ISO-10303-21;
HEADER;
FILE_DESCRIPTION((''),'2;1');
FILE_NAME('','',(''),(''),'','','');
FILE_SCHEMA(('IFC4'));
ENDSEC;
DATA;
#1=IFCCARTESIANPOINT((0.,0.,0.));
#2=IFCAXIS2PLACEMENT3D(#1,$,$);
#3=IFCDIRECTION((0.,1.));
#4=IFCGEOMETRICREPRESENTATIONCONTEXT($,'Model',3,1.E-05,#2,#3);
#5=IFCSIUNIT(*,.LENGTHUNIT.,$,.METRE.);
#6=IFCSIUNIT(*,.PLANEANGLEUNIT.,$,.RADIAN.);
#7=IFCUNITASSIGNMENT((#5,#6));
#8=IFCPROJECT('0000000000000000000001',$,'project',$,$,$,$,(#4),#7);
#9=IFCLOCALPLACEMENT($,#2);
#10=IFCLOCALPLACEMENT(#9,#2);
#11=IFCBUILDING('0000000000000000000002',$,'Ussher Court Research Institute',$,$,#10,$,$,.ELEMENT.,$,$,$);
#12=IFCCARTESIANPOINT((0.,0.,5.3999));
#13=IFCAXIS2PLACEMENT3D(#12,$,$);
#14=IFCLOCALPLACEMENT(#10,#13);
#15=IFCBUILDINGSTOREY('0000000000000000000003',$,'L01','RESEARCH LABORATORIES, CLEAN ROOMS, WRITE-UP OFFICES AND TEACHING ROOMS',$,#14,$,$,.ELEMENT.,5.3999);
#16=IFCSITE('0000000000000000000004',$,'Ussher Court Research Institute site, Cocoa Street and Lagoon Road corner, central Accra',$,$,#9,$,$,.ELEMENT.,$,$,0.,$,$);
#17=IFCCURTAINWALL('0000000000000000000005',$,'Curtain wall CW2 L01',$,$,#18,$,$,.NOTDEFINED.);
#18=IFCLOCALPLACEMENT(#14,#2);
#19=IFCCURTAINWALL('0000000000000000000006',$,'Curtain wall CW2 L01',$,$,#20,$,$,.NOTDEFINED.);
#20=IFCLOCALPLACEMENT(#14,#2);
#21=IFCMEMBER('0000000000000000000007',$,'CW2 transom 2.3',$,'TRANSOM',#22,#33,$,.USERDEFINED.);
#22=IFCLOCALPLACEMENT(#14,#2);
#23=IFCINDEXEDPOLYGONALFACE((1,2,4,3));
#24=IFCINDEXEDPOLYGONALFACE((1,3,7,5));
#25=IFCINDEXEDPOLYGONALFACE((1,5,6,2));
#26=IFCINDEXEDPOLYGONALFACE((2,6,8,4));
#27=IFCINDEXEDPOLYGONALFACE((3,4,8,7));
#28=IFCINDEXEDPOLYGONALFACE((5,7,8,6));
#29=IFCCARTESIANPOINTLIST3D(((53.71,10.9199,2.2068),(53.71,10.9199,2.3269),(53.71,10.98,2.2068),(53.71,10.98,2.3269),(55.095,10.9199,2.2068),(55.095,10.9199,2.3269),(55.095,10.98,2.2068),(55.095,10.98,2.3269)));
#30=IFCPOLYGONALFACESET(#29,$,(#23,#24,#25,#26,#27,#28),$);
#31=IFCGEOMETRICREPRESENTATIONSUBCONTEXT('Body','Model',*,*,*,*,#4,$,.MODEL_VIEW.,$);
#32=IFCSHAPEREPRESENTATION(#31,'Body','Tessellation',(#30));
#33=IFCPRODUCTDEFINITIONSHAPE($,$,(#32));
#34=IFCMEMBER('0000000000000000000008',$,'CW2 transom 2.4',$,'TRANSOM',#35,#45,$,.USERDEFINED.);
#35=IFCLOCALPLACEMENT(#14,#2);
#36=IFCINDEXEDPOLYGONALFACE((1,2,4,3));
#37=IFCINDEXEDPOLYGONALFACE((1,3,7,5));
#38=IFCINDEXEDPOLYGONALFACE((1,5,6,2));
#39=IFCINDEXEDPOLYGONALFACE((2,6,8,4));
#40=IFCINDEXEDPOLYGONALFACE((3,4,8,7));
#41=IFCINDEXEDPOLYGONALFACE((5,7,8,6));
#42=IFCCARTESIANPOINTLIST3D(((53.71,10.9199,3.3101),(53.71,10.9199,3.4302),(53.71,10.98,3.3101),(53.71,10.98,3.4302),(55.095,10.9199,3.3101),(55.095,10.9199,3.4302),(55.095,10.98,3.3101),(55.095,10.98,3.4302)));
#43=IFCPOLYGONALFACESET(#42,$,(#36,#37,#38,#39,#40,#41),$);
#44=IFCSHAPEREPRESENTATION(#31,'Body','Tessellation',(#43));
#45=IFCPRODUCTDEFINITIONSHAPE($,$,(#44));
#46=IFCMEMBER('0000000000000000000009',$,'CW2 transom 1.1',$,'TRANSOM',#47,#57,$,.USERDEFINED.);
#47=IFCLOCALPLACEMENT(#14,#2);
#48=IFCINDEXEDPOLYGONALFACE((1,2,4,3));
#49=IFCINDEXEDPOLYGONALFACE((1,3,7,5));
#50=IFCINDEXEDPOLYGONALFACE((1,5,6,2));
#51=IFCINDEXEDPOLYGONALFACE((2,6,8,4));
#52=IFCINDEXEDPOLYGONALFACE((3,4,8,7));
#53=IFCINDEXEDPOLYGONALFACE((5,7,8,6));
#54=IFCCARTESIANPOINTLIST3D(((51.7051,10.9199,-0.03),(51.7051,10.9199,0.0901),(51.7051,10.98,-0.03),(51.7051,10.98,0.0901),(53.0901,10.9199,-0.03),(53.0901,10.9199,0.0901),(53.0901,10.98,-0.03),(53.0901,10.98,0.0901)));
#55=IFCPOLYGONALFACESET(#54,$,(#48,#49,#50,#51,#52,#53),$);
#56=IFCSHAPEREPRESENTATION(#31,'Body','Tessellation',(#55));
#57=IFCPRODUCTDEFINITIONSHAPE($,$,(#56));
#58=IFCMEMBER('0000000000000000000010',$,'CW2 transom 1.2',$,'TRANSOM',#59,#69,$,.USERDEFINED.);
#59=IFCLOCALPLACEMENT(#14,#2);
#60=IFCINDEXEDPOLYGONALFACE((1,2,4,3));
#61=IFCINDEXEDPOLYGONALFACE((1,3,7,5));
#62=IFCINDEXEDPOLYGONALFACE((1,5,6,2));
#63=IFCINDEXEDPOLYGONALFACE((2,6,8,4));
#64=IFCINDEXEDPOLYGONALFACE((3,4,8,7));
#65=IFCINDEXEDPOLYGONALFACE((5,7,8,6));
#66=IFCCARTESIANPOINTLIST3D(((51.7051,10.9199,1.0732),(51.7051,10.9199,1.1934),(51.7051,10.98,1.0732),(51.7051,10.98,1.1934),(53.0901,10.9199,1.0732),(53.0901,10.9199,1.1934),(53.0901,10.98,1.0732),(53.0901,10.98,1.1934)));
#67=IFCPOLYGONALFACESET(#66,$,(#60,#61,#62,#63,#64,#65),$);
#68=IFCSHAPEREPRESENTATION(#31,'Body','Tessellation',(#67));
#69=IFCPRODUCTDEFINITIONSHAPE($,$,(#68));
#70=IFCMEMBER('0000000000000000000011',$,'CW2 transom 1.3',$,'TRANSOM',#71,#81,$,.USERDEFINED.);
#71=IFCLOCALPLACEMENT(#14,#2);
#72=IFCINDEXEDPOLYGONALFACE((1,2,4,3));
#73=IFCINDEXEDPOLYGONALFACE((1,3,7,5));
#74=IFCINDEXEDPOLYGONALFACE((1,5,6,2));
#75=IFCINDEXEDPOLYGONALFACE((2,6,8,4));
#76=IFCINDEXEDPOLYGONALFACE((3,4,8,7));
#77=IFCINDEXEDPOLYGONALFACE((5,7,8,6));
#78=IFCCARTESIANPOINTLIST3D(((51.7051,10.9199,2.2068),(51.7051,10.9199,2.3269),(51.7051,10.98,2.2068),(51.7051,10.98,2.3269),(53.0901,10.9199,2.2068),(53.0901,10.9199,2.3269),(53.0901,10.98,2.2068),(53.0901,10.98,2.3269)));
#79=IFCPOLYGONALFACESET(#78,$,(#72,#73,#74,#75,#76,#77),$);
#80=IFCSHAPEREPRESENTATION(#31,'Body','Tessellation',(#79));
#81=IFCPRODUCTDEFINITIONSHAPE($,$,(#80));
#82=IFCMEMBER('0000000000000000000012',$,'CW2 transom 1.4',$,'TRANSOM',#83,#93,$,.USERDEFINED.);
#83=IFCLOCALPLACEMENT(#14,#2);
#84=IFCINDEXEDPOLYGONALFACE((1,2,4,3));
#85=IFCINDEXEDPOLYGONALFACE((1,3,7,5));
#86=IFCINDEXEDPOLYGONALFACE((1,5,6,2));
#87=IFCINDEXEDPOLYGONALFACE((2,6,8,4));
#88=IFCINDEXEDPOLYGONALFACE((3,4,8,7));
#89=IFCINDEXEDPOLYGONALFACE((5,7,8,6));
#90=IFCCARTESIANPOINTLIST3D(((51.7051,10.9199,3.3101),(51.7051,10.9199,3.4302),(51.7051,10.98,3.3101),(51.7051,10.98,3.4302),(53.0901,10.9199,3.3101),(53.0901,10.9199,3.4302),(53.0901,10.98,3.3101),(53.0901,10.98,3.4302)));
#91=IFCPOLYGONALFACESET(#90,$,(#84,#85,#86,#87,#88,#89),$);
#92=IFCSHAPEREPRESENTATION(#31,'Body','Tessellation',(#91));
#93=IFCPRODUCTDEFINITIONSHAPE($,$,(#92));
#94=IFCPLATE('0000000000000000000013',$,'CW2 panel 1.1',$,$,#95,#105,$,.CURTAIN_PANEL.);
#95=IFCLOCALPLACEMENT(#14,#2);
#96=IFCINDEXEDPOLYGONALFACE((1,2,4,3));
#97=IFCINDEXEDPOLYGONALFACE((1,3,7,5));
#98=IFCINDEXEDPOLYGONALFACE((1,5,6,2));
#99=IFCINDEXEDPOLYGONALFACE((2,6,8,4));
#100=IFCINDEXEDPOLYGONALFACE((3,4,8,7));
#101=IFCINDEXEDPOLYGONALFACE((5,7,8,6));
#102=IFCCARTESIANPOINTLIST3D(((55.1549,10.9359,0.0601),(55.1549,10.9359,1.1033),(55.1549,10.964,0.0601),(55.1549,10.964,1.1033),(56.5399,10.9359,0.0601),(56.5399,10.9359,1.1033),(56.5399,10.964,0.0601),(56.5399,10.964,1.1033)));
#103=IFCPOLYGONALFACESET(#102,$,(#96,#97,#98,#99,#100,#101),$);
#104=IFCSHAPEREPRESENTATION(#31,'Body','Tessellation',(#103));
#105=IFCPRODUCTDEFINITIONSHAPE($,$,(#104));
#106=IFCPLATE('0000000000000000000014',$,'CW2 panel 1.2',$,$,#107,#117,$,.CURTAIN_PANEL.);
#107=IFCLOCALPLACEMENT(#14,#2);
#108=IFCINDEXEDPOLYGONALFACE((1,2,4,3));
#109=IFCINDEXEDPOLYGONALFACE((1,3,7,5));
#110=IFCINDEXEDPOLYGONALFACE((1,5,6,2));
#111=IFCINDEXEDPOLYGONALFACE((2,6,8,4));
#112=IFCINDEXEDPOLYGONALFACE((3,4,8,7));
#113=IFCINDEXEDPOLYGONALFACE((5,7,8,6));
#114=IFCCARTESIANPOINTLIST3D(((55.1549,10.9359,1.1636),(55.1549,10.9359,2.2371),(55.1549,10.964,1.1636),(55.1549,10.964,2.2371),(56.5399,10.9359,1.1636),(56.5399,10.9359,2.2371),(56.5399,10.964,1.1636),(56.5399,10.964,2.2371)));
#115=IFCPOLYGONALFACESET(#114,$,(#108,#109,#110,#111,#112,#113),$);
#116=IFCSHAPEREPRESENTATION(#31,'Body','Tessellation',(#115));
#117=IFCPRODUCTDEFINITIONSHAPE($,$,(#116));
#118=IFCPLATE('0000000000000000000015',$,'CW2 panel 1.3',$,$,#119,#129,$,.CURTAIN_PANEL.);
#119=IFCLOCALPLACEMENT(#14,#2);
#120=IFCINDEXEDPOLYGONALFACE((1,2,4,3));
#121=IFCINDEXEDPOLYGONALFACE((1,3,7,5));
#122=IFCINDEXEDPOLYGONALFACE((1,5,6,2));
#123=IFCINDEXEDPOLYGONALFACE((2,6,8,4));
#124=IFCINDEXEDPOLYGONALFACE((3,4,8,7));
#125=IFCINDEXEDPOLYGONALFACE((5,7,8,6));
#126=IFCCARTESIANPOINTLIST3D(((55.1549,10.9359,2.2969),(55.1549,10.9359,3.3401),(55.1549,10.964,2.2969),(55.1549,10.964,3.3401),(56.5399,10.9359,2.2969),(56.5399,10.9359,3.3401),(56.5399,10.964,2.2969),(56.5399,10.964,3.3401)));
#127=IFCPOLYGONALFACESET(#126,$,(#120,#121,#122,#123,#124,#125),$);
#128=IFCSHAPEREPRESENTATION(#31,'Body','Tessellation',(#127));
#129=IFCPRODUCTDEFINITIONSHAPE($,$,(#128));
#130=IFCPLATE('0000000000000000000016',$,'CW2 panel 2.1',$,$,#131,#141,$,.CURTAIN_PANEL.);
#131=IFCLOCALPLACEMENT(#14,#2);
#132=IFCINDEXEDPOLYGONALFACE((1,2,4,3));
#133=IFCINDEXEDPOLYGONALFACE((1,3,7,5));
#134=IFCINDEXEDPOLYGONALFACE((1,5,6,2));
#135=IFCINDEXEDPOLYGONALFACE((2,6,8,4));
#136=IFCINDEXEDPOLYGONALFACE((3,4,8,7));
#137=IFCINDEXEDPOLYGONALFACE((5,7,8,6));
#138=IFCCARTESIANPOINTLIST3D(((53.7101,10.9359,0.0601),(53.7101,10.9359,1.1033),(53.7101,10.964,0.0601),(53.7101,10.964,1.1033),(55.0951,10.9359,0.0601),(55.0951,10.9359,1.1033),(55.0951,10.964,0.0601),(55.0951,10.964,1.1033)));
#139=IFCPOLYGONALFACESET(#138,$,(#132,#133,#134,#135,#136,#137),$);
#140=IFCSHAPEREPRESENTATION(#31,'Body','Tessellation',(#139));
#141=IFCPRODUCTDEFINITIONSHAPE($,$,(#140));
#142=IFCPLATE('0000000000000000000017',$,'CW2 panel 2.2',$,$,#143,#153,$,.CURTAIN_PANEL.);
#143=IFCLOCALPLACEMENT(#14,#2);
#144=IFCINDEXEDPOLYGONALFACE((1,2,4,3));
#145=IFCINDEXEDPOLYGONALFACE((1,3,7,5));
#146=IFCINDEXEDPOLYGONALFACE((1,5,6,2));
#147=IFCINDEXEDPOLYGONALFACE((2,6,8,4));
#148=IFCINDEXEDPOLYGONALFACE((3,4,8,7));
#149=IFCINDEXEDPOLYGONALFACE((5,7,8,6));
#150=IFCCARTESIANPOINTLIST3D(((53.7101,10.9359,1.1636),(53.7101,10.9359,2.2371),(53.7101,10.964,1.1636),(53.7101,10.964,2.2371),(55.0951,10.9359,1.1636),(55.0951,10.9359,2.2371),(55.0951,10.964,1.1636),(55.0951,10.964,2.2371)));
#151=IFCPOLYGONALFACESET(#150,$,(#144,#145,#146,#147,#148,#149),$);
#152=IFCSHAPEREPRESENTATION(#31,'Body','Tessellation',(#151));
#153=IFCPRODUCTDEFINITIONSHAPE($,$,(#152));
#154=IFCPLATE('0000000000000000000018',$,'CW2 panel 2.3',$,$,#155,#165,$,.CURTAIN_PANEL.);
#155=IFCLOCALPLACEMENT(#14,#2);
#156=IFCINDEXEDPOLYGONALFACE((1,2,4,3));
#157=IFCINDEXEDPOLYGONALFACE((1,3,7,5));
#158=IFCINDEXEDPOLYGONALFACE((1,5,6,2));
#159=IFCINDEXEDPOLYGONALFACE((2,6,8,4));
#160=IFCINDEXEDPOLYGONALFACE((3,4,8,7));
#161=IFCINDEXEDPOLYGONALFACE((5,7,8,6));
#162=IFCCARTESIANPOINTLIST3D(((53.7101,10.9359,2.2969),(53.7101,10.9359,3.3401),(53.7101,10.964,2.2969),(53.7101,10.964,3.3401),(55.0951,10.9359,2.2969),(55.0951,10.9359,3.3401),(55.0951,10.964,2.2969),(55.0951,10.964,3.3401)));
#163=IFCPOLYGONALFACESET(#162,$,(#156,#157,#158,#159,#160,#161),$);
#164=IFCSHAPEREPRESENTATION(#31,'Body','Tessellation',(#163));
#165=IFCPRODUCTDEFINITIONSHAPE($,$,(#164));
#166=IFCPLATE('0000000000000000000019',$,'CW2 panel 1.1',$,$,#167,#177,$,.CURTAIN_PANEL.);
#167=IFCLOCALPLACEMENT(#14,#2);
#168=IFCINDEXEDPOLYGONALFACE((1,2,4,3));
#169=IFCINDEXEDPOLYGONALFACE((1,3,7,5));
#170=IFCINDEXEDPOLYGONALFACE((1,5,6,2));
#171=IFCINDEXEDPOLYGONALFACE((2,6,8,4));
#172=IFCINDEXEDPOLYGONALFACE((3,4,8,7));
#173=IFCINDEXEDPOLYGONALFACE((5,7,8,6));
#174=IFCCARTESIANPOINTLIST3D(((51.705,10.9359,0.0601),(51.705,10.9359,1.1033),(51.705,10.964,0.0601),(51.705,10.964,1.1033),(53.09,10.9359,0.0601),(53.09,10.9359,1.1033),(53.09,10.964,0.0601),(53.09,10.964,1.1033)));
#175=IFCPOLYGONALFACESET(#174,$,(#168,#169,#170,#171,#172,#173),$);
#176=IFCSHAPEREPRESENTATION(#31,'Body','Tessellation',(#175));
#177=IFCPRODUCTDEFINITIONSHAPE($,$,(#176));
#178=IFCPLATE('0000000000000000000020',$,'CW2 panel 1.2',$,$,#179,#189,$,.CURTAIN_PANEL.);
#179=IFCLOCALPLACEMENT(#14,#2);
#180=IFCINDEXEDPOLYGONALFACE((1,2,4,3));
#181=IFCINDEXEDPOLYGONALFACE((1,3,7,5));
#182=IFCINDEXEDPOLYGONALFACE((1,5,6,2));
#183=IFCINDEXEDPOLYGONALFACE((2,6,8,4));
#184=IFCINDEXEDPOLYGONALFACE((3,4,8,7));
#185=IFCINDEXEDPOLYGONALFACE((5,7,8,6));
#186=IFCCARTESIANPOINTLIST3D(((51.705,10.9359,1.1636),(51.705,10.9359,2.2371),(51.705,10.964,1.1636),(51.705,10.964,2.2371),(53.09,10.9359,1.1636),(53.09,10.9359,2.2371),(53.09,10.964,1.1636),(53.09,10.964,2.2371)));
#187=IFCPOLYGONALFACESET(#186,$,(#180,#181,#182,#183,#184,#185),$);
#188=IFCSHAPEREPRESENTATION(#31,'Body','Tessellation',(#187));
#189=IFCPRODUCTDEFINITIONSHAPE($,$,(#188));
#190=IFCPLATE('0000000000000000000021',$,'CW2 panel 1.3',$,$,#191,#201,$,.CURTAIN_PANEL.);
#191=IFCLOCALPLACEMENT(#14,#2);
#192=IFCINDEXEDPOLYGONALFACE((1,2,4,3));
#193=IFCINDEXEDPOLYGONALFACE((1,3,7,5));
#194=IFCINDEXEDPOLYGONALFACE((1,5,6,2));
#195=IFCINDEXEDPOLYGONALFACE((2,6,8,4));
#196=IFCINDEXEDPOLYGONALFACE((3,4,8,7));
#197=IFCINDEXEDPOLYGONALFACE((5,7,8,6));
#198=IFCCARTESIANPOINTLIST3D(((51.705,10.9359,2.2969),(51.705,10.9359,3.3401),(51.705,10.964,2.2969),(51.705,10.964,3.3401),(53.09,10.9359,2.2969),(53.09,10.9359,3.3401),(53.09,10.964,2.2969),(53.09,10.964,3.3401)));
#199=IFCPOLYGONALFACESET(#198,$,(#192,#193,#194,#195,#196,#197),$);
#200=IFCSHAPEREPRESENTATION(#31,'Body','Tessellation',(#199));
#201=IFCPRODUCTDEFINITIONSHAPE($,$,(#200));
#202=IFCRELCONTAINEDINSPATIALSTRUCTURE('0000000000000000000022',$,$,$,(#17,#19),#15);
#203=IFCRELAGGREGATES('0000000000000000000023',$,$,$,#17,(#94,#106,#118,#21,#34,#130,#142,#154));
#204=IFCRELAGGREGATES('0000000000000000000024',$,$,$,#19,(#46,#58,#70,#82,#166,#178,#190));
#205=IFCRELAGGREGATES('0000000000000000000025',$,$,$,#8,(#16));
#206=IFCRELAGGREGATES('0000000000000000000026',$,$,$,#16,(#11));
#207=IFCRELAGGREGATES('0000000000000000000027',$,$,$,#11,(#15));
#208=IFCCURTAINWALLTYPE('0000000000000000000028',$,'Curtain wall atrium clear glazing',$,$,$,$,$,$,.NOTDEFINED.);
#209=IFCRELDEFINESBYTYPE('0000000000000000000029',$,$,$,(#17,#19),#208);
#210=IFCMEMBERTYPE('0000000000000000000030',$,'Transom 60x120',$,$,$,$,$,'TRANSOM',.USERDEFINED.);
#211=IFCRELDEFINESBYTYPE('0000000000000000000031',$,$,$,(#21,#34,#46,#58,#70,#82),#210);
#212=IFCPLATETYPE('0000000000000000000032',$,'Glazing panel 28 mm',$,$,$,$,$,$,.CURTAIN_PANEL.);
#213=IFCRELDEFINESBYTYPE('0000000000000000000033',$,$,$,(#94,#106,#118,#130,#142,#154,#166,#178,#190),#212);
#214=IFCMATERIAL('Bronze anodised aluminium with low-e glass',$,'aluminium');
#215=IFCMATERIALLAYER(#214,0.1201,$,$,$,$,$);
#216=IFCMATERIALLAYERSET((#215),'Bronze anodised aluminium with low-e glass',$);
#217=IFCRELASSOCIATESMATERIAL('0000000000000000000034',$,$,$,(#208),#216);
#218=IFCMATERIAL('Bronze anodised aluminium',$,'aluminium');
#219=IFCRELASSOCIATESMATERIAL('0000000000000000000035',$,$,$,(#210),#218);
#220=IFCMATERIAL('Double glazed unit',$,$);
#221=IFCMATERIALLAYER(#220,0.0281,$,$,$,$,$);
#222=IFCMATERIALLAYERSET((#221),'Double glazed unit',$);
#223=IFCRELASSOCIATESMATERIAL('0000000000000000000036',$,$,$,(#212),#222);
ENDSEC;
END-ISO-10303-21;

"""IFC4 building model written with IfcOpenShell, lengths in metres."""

from ifc_helpers import new_model, si_unit, direction, frame, origin, origin_2d, place, context, subcontext, project, spatial, rectangle, extrude, material, layer, layer_set, material_profile, profile_set, type_object, element, aggregate, save


model = new_model("IFC4")

# Units and contexts
model_context = context("Model", 3, precision=1e-05, world=origin(), true_north=direction((0.0, 1.0)))
body_context = subcontext(model_context, "Body", "Model", "MODEL_VIEW")
ifc_project = project(units=[si_unit("LENGTHUNIT", "METRE"), si_unit("PLANEANGLEUNIT", "RADIAN")], contexts=[model_context])

# Site, building, storey
site_placement = place(None, origin())
site = spatial("IfcSite", under=ifc_project, at=site_placement, Name="Ussher Court Research Institute site, Cocoa Street and Lagoon Road corner, central Accra", CompositionType="ELEMENT", RefElevation=0.0)
building_placement = place(site_placement, origin())
building = spatial("IfcBuilding", under=site, at=building_placement, Name="Ussher Court Research Institute", CompositionType="ELEMENT")
storey_placement = place(building_placement, frame((0.0, 0.0, 5.3999)))
storey = spatial("IfcBuildingStorey", under=building, at=storey_placement, Name="L01", Description="RESEARCH LABORATORIES, CLEAN ROOMS, WRITE-UP OFFICES AND TEACHING ROOMS", CompositionType="ELEMENT", Elevation=5.3999)

# Curtain wall
ifc_material_1 = material(Name="Bronze anodised aluminium with low-e glass", Category="aluminium")
ifc_layer_1 = layer(ifc_material_1, 0.1201)
ifc_layer_set_1 = layer_set([ifc_layer_1], Name="Bronze anodised aluminium with low-e glass")
curtain_wall_type = type_object("IfcCurtainWallType", Name="Curtain wall atrium clear glazing", PredefinedType="NOTDEFINED", material=ifc_layer_set_1)
curtain_wall_1_placement = place(storey_placement, origin())
curtain_wall_1 = element("IfcCurtainWall", 1, at=curtain_wall_1_placement, inside=storey, type_object=curtain_wall_type, Name="Curtain wall CW2 L01", PredefinedType="NOTDEFINED")

# Curtain wall
curtain_wall_2_placement = place(storey_placement, origin())
curtain_wall_2 = element("IfcCurtainWall", 2, at=curtain_wall_2_placement, inside=storey, type_object=curtain_wall_type, Name="Curtain wall CW2 L01", PredefinedType="NOTDEFINED")

# Members
ifc_material_2 = material(Name="Bronze anodised aluminium", Category="aluminium")
ifc_material_profile_1 = material_profile(ifc_material_2, rectangle(XDim=0.0601, YDim=0.1201, at=origin_2d()), Name="Transom 60x120")
ifc_profile_set_1 = profile_set([ifc_material_profile_1], Name="Bronze anodised aluminium")
member_type_1 = type_object("IfcMemberType", Name="Transom 60x120", ElementType="TRANSOM", PredefinedType="USERDEFINED", material=ifc_profile_set_1)
member_1_placement = place(storey_placement, frame((55.095, 10.95, 2.2668), z_axis=(-1.0, 0.0, 0.0), x_axis=(0.0, -1.0, 0.0)))
member_1 = element("IfcMember", 3, at=member_1_placement, type_object=member_type_1, Name="CW2 transom 2.3", ObjectType="TRANSOM", PredefinedType="USERDEFINED", context=body_context, shape_type="SweptSolid", body=[
    extrude(rectangle(XDim=0.0601, YDim=0.1201, at=origin_2d()), origin(), (0.0, 0.0, 1.0), 1.385),
])
member_2_placement = place(storey_placement, frame((55.095, 10.95, 3.3701), z_axis=(-1.0, 0.0, 0.0), x_axis=(0.0, -1.0, 0.0)))
member_2 = element("IfcMember", 4, at=member_2_placement, type_object=member_type_1, Name="CW2 transom 2.4", ObjectType="TRANSOM", PredefinedType="USERDEFINED", context=body_context, shape_type="SweptSolid", body=[
    extrude(rectangle(XDim=0.0601, YDim=0.1201, at=origin_2d()), origin(), (0.0, 0.0, 1.0), 1.385),
])
member_3_placement = place(storey_placement, frame((53.0901, 10.95, 0.03), z_axis=(-1.0, 0.0, 0.0), x_axis=(0.0, -1.0, 0.0)))
member_3 = element("IfcMember", 5, at=member_3_placement, type_object=member_type_1, Name="CW2 transom 1.1", ObjectType="TRANSOM", PredefinedType="USERDEFINED", context=body_context, shape_type="SweptSolid", body=[
    extrude(rectangle(XDim=0.0601, YDim=0.1201, at=origin_2d()), origin(), (0.0, 0.0, 1.0), 1.385),
])
member_4_placement = place(storey_placement, frame((53.0901, 10.95, 1.1333), z_axis=(-1.0, 0.0, 0.0), x_axis=(0.0, -1.0, 0.0)))
member_4 = element("IfcMember", 6, at=member_4_placement, type_object=member_type_1, Name="CW2 transom 1.2", ObjectType="TRANSOM", PredefinedType="USERDEFINED", context=body_context, shape_type="SweptSolid", body=[
    extrude(rectangle(XDim=0.0601, YDim=0.1201, at=origin_2d()), origin(), (0.0, 0.0, 1.0), 1.385),
])
member_5_placement = place(storey_placement, frame((53.0901, 10.95, 2.2668), z_axis=(-1.0, 0.0, 0.0), x_axis=(0.0, -1.0, 0.0)))
member_5 = element("IfcMember", 7, at=member_5_placement, type_object=member_type_1, Name="CW2 transom 1.3", ObjectType="TRANSOM", PredefinedType="USERDEFINED", context=body_context, shape_type="SweptSolid", body=[
    extrude(rectangle(XDim=0.0601, YDim=0.1201, at=origin_2d()), origin(), (0.0, 0.0, 1.0), 1.385),
])
member_6_placement = place(storey_placement, frame((53.0901, 10.95, 3.3701), z_axis=(-1.0, 0.0, 0.0), x_axis=(0.0, -1.0, 0.0)))
member_6 = element("IfcMember", 8, at=member_6_placement, type_object=member_type_1, Name="CW2 transom 1.4", ObjectType="TRANSOM", PredefinedType="USERDEFINED", context=body_context, shape_type="SweptSolid", body=[
    extrude(rectangle(XDim=0.0601, YDim=0.1201, at=origin_2d()), origin(), (0.0, 0.0, 1.0), 1.385),
])

# Plates
ifc_material_3 = material(Name="Double glazed unit")
ifc_layer_2 = layer(ifc_material_3, 0.0281)
ifc_layer_set_2 = layer_set([ifc_layer_2], Name="Double glazed unit")
plate_type = type_object("IfcPlateType", Name="Glazing panel 28 mm", PredefinedType="CURTAIN_PANEL", material=ifc_layer_set_2)
plate_1_placement = place(storey_placement, frame((55.8474, 10.95, 0.0601), z_axis=(0.0, 0.0, 1.0), x_axis=(-1.0, 0.0, 0.0)))
plate_1 = element("IfcPlate", 9, at=plate_1_placement, type_object=plate_type, Name="CW2 panel 1.1", PredefinedType="CURTAIN_PANEL", context=body_context, shape_type="SweptSolid", body=[
    extrude(rectangle(XDim=1.385, YDim=0.0281, at=origin_2d()), origin(), (0.0, 0.0, 1.0), 1.0432),
])
plate_2_placement = place(storey_placement, frame((55.8474, 10.95, 1.1636), z_axis=(0.0, 0.0, 1.0), x_axis=(-1.0, 0.0, 0.0)))
plate_2 = element("IfcPlate", 10, at=plate_2_placement, type_object=plate_type, Name="CW2 panel 1.2", PredefinedType="CURTAIN_PANEL", context=body_context, shape_type="SweptSolid", body=[
    extrude(rectangle(XDim=1.385, YDim=0.0281, at=origin_2d()), origin(), (0.0, 0.0, 1.0), 1.0735),
])
plate_3_placement = place(storey_placement, frame((55.8474, 10.95, 2.2969), z_axis=(0.0, 0.0, 1.0), x_axis=(-1.0, 0.0, 0.0)))
plate_3 = element("IfcPlate", 11, at=plate_3_placement, type_object=plate_type, Name="CW2 panel 1.3", PredefinedType="CURTAIN_PANEL", context=body_context, shape_type="SweptSolid", body=[
    extrude(rectangle(XDim=1.385, YDim=0.0281, at=origin_2d()), origin(), (0.0, 0.0, 1.0), 1.0432),
])
plate_4_placement = place(storey_placement, frame((54.4026, 10.95, 0.0601), z_axis=(0.0, 0.0, 1.0), x_axis=(-1.0, 0.0, 0.0)))
plate_4 = element("IfcPlate", 12, at=plate_4_placement, type_object=plate_type, Name="CW2 panel 2.1", PredefinedType="CURTAIN_PANEL", context=body_context, shape_type="SweptSolid", body=[
    extrude(rectangle(XDim=1.385, YDim=0.0281, at=origin_2d()), origin(), (0.0, 0.0, 1.0), 1.0432),
])
plate_5_placement = place(storey_placement, frame((54.4026, 10.95, 1.1636), z_axis=(0.0, 0.0, 1.0), x_axis=(-1.0, 0.0, 0.0)))
plate_5 = element("IfcPlate", 13, at=plate_5_placement, type_object=plate_type, Name="CW2 panel 2.2", PredefinedType="CURTAIN_PANEL", context=body_context, shape_type="SweptSolid", body=[
    extrude(rectangle(XDim=1.385, YDim=0.0281, at=origin_2d()), origin(), (0.0, 0.0, 1.0), 1.0735),
])
plate_6_placement = place(storey_placement, frame((54.4026, 10.95, 2.2969), z_axis=(0.0, 0.0, 1.0), x_axis=(-1.0, 0.0, 0.0)))
plate_6 = element("IfcPlate", 14, at=plate_6_placement, type_object=plate_type, Name="CW2 panel 2.3", PredefinedType="CURTAIN_PANEL", context=body_context, shape_type="SweptSolid", body=[
    extrude(rectangle(XDim=1.385, YDim=0.0281, at=origin_2d()), origin(), (0.0, 0.0, 1.0), 1.0432),
])
aggregate(curtain_wall_1, [plate_1, plate_2, plate_3, member_1, member_2, plate_4, plate_5, plate_6])
plate_7_placement = place(storey_placement, frame((52.3975, 10.95, 0.0601), z_axis=(0.0, 0.0, 1.0), x_axis=(-1.0, 0.0, 0.0)))
plate_7 = element("IfcPlate", 15, at=plate_7_placement, type_object=plate_type, Name="CW2 panel 1.1", PredefinedType="CURTAIN_PANEL", context=body_context, shape_type="SweptSolid", body=[
    extrude(rectangle(XDim=1.385, YDim=0.0281, at=origin_2d()), origin(), (0.0, 0.0, 1.0), 1.0432),
])
plate_8_placement = place(storey_placement, frame((52.3975, 10.95, 1.1636), z_axis=(0.0, 0.0, 1.0), x_axis=(-1.0, 0.0, 0.0)))
plate_8 = element("IfcPlate", 16, at=plate_8_placement, type_object=plate_type, Name="CW2 panel 1.2", PredefinedType="CURTAIN_PANEL", context=body_context, shape_type="SweptSolid", body=[
    extrude(rectangle(XDim=1.385, YDim=0.0281, at=origin_2d()), origin(), (0.0, 0.0, 1.0), 1.0735),
])
plate_9_placement = place(storey_placement, frame((52.3975, 10.95, 2.2969), z_axis=(0.0, 0.0, 1.0), x_axis=(-1.0, 0.0, 0.0)))
plate_9 = element("IfcPlate", 17, at=plate_9_placement, type_object=plate_type, Name="CW2 panel 1.3", PredefinedType="CURTAIN_PANEL", context=body_context, shape_type="SweptSolid", body=[
    extrude(rectangle(XDim=1.385, YDim=0.0281, at=origin_2d()), origin(), (0.0, 0.0, 1.0), 1.0432),
])
aggregate(curtain_wall_2, [member_3, member_4, member_5, member_6, plate_7, plate_8, plate_9])

save(model, "model.ifc")
